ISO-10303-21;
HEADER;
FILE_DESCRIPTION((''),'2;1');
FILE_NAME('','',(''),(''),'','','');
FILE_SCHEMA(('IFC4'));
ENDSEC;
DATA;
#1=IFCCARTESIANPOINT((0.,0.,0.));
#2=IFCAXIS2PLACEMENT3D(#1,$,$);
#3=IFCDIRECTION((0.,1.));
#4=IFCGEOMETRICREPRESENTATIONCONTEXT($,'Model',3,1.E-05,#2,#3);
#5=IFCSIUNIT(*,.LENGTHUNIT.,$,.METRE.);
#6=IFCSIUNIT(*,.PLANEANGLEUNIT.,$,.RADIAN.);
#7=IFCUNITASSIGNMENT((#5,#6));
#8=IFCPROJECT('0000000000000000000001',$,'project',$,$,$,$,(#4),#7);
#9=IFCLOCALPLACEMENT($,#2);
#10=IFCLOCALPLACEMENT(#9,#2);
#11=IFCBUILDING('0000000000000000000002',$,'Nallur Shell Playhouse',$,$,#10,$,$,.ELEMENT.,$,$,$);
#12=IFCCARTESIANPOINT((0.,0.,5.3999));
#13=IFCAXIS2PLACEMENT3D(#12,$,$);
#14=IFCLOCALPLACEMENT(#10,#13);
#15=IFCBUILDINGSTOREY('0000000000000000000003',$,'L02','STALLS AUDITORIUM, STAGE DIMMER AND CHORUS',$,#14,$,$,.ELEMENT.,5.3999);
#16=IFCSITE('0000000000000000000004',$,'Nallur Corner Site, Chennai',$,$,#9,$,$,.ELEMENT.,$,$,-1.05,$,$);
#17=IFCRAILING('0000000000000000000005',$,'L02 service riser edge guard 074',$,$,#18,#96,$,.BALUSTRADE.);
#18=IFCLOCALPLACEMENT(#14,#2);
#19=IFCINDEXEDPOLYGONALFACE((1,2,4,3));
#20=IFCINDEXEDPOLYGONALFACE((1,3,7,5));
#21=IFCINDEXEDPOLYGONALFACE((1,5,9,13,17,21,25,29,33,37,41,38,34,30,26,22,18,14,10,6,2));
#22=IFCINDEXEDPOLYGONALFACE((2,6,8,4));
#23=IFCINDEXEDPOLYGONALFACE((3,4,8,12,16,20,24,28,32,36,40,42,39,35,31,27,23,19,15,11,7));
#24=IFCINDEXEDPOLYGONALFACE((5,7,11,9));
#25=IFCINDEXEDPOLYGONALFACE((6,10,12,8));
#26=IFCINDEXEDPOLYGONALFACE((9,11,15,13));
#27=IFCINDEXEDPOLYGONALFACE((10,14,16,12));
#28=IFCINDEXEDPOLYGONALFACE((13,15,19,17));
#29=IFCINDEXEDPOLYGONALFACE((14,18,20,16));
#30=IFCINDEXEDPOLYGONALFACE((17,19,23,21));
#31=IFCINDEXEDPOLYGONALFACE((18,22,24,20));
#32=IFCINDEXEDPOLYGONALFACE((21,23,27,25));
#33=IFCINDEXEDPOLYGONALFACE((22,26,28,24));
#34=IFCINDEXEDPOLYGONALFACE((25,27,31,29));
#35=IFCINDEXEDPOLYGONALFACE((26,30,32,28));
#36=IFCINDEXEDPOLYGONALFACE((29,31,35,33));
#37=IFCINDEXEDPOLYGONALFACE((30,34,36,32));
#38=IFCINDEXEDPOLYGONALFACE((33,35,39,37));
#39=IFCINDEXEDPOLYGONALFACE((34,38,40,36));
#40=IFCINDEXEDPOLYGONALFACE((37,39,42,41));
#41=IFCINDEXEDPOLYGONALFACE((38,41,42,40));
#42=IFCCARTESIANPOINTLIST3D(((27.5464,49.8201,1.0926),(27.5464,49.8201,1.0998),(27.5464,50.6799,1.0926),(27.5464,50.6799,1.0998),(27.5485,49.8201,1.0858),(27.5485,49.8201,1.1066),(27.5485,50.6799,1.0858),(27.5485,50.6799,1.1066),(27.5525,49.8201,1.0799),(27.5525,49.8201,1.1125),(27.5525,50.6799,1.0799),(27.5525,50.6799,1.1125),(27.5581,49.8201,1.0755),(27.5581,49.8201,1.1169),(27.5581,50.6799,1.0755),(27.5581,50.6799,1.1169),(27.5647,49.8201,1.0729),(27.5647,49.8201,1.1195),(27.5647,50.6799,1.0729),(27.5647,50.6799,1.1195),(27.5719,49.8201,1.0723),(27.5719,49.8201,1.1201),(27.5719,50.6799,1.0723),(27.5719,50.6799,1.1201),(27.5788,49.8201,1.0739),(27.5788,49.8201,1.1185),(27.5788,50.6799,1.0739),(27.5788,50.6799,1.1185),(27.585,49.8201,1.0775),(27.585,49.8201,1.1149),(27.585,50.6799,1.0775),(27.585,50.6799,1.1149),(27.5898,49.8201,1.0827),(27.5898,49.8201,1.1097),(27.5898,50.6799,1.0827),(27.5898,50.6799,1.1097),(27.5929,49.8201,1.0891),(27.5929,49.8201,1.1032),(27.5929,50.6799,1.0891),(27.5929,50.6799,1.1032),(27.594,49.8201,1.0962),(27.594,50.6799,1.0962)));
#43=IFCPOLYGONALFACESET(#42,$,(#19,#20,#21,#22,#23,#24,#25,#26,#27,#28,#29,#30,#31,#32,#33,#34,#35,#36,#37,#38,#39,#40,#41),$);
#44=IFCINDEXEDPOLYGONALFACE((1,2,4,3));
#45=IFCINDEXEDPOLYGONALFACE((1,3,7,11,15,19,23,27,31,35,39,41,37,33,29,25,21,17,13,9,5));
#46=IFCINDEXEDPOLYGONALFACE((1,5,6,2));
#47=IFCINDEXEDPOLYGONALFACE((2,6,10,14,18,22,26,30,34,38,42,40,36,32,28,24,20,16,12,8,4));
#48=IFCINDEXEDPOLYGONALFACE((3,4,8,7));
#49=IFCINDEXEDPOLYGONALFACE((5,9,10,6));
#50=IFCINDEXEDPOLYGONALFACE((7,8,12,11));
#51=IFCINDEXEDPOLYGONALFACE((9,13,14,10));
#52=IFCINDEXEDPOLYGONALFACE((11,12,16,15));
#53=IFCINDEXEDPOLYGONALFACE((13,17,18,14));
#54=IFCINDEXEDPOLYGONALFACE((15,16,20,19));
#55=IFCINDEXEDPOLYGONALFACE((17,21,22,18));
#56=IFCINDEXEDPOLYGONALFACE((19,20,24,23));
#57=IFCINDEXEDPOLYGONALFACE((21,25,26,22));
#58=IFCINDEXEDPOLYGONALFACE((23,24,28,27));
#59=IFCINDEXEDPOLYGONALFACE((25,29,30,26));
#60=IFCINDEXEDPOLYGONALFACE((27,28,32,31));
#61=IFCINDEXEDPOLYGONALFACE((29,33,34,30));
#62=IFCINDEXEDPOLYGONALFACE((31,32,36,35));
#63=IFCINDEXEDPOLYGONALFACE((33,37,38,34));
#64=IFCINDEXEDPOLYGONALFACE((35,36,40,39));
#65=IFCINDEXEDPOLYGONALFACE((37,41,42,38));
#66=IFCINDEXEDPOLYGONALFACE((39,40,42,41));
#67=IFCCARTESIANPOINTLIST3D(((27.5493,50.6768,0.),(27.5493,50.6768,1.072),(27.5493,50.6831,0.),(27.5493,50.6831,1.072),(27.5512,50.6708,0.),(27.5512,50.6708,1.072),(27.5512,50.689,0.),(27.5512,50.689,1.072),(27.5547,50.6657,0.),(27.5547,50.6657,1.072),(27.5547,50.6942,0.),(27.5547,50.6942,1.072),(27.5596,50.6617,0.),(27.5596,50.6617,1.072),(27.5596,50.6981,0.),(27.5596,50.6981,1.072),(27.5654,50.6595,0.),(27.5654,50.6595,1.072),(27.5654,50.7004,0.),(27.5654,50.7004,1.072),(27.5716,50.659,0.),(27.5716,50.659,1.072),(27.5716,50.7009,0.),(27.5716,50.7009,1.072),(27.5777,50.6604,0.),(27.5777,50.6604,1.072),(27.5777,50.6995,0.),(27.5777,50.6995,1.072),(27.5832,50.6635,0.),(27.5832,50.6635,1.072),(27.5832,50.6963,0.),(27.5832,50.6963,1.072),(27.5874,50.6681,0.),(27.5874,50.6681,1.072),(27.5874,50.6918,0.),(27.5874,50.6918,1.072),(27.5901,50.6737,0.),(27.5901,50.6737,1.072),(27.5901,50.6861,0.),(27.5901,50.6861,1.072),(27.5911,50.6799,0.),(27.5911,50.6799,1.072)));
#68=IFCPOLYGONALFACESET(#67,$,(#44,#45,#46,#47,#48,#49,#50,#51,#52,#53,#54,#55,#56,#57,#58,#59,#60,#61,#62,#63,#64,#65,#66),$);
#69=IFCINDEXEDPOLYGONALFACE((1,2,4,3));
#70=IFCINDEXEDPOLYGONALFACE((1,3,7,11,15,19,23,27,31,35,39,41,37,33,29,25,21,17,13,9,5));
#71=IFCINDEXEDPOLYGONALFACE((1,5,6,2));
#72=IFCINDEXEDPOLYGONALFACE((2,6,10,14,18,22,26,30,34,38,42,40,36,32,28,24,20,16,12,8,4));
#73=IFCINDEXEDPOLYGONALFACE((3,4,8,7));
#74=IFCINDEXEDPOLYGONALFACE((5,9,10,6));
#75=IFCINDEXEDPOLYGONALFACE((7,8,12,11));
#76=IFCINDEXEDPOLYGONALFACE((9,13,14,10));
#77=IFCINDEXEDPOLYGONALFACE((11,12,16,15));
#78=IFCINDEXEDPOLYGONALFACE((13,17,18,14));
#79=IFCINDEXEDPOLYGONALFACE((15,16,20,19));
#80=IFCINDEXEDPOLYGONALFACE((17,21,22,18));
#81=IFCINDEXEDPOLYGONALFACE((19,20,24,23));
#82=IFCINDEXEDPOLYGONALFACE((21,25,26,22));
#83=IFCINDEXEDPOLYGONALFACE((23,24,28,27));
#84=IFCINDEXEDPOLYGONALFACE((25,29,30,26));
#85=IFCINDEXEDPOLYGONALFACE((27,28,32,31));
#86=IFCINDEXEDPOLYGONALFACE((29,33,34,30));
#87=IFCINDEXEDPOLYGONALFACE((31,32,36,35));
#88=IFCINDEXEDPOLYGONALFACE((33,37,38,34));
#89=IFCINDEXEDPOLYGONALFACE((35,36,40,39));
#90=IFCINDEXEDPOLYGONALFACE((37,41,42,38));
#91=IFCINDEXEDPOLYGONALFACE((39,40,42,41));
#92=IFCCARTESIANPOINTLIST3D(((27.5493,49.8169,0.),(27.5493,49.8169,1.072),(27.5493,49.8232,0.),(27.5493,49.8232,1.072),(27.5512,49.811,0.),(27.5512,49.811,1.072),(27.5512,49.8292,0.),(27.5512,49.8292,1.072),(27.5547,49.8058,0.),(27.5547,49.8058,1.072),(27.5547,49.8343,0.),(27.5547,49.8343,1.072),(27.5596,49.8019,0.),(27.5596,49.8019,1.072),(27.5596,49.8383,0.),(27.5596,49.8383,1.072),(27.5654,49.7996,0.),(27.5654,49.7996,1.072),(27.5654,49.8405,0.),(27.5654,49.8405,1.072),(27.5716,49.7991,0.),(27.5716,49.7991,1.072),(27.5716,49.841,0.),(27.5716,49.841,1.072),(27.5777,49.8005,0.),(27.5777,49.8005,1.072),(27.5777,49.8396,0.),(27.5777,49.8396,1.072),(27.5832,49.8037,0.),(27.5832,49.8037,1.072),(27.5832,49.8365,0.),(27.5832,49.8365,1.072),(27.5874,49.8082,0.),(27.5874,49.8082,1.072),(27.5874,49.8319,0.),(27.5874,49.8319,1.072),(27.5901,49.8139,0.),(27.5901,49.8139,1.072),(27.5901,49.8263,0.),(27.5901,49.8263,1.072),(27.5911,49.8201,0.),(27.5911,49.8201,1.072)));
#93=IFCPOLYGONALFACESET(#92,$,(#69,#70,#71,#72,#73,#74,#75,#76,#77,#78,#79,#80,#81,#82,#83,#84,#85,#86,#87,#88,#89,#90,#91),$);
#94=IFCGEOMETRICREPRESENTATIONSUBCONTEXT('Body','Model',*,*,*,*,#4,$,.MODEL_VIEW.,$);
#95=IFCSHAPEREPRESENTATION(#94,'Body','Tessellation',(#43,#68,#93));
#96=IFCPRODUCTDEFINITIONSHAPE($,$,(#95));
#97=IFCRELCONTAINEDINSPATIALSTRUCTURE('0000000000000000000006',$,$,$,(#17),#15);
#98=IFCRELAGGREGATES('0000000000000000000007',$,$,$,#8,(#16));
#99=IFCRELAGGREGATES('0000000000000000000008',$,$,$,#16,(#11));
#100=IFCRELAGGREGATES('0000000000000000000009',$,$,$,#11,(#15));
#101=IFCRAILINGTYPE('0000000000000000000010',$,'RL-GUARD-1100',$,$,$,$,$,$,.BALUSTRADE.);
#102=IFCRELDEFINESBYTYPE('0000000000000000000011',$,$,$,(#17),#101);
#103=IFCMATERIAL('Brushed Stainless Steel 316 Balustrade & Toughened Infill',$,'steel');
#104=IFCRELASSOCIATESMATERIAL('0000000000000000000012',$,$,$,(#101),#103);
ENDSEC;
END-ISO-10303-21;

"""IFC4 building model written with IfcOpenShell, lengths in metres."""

from ifc_helpers import new_model, si_unit, direction, frame, origin, origin_2d, place, context, subcontext, project, spatial, circle, extrude, material, type_object, element, save


model = new_model("IFC4")

# Units and contexts
model_context = context("Model", 3, precision=1e-05, world=origin(), true_north=direction((0.0, 1.0)))
body_context = subcontext(model_context, "Body", "Model", "MODEL_VIEW")
ifc_project = project(units=[si_unit("LENGTHUNIT", "METRE"), si_unit("PLANEANGLEUNIT", "RADIAN")], contexts=[model_context])

# Site, building, storey
site_placement = place(None, origin())
site = spatial("IfcSite", under=ifc_project, at=site_placement, Name="Nallur Corner Site, Chennai", CompositionType="ELEMENT", RefElevation=-1.05)
building_placement = place(site_placement, origin())
building = spatial("IfcBuilding", under=site, at=building_placement, Name="Nallur Shell Playhouse", CompositionType="ELEMENT")
storey_placement = place(building_placement, frame((0.0, 0.0, 5.3999)))
storey = spatial("IfcBuildingStorey", under=building, at=storey_placement, Name="L02", Description="STALLS AUDITORIUM, STAGE DIMMER AND CHORUS", CompositionType="ELEMENT", Elevation=5.3999)

# Railing
ifc_material_1 = material(Name="Brushed Stainless Steel 316 Balustrade & Toughened Infill", Category="steel")
railing_type = type_object("IfcRailingType", Name="RL-GUARD-1100", PredefinedType="BALUSTRADE", material=ifc_material_1)
railing_1_placement = place(storey_placement, frame((27.5701, 50.6799, 0.0)))
element("IfcRailing", 1, at=railing_1_placement, inside=storey, type_object=railing_type, Name="L02 service riser edge guard 074", PredefinedType="BALUSTRADE", context=body_context, shape_type="SweptSolid", body=[
    extrude(circle(Radius=0.0239, at=origin_2d()), frame((0.0, 0.0, 1.0962), z_axis=(0.0, -1.0, 0.0), x_axis=(1.0, 0.0, 0.0)), (0.0, 0.0, 1.0), 0.8599),
    extrude(circle(Radius=0.021, at=origin_2d()), origin(), (0.0, 0.0, 1.0), 1.072),
    extrude(circle(Radius=0.021, at=origin_2d()), frame((0.0, -0.8599, 0.0)), (0.0, 0.0, 1.0), 1.072),
])

save(model, "model.ifc")
